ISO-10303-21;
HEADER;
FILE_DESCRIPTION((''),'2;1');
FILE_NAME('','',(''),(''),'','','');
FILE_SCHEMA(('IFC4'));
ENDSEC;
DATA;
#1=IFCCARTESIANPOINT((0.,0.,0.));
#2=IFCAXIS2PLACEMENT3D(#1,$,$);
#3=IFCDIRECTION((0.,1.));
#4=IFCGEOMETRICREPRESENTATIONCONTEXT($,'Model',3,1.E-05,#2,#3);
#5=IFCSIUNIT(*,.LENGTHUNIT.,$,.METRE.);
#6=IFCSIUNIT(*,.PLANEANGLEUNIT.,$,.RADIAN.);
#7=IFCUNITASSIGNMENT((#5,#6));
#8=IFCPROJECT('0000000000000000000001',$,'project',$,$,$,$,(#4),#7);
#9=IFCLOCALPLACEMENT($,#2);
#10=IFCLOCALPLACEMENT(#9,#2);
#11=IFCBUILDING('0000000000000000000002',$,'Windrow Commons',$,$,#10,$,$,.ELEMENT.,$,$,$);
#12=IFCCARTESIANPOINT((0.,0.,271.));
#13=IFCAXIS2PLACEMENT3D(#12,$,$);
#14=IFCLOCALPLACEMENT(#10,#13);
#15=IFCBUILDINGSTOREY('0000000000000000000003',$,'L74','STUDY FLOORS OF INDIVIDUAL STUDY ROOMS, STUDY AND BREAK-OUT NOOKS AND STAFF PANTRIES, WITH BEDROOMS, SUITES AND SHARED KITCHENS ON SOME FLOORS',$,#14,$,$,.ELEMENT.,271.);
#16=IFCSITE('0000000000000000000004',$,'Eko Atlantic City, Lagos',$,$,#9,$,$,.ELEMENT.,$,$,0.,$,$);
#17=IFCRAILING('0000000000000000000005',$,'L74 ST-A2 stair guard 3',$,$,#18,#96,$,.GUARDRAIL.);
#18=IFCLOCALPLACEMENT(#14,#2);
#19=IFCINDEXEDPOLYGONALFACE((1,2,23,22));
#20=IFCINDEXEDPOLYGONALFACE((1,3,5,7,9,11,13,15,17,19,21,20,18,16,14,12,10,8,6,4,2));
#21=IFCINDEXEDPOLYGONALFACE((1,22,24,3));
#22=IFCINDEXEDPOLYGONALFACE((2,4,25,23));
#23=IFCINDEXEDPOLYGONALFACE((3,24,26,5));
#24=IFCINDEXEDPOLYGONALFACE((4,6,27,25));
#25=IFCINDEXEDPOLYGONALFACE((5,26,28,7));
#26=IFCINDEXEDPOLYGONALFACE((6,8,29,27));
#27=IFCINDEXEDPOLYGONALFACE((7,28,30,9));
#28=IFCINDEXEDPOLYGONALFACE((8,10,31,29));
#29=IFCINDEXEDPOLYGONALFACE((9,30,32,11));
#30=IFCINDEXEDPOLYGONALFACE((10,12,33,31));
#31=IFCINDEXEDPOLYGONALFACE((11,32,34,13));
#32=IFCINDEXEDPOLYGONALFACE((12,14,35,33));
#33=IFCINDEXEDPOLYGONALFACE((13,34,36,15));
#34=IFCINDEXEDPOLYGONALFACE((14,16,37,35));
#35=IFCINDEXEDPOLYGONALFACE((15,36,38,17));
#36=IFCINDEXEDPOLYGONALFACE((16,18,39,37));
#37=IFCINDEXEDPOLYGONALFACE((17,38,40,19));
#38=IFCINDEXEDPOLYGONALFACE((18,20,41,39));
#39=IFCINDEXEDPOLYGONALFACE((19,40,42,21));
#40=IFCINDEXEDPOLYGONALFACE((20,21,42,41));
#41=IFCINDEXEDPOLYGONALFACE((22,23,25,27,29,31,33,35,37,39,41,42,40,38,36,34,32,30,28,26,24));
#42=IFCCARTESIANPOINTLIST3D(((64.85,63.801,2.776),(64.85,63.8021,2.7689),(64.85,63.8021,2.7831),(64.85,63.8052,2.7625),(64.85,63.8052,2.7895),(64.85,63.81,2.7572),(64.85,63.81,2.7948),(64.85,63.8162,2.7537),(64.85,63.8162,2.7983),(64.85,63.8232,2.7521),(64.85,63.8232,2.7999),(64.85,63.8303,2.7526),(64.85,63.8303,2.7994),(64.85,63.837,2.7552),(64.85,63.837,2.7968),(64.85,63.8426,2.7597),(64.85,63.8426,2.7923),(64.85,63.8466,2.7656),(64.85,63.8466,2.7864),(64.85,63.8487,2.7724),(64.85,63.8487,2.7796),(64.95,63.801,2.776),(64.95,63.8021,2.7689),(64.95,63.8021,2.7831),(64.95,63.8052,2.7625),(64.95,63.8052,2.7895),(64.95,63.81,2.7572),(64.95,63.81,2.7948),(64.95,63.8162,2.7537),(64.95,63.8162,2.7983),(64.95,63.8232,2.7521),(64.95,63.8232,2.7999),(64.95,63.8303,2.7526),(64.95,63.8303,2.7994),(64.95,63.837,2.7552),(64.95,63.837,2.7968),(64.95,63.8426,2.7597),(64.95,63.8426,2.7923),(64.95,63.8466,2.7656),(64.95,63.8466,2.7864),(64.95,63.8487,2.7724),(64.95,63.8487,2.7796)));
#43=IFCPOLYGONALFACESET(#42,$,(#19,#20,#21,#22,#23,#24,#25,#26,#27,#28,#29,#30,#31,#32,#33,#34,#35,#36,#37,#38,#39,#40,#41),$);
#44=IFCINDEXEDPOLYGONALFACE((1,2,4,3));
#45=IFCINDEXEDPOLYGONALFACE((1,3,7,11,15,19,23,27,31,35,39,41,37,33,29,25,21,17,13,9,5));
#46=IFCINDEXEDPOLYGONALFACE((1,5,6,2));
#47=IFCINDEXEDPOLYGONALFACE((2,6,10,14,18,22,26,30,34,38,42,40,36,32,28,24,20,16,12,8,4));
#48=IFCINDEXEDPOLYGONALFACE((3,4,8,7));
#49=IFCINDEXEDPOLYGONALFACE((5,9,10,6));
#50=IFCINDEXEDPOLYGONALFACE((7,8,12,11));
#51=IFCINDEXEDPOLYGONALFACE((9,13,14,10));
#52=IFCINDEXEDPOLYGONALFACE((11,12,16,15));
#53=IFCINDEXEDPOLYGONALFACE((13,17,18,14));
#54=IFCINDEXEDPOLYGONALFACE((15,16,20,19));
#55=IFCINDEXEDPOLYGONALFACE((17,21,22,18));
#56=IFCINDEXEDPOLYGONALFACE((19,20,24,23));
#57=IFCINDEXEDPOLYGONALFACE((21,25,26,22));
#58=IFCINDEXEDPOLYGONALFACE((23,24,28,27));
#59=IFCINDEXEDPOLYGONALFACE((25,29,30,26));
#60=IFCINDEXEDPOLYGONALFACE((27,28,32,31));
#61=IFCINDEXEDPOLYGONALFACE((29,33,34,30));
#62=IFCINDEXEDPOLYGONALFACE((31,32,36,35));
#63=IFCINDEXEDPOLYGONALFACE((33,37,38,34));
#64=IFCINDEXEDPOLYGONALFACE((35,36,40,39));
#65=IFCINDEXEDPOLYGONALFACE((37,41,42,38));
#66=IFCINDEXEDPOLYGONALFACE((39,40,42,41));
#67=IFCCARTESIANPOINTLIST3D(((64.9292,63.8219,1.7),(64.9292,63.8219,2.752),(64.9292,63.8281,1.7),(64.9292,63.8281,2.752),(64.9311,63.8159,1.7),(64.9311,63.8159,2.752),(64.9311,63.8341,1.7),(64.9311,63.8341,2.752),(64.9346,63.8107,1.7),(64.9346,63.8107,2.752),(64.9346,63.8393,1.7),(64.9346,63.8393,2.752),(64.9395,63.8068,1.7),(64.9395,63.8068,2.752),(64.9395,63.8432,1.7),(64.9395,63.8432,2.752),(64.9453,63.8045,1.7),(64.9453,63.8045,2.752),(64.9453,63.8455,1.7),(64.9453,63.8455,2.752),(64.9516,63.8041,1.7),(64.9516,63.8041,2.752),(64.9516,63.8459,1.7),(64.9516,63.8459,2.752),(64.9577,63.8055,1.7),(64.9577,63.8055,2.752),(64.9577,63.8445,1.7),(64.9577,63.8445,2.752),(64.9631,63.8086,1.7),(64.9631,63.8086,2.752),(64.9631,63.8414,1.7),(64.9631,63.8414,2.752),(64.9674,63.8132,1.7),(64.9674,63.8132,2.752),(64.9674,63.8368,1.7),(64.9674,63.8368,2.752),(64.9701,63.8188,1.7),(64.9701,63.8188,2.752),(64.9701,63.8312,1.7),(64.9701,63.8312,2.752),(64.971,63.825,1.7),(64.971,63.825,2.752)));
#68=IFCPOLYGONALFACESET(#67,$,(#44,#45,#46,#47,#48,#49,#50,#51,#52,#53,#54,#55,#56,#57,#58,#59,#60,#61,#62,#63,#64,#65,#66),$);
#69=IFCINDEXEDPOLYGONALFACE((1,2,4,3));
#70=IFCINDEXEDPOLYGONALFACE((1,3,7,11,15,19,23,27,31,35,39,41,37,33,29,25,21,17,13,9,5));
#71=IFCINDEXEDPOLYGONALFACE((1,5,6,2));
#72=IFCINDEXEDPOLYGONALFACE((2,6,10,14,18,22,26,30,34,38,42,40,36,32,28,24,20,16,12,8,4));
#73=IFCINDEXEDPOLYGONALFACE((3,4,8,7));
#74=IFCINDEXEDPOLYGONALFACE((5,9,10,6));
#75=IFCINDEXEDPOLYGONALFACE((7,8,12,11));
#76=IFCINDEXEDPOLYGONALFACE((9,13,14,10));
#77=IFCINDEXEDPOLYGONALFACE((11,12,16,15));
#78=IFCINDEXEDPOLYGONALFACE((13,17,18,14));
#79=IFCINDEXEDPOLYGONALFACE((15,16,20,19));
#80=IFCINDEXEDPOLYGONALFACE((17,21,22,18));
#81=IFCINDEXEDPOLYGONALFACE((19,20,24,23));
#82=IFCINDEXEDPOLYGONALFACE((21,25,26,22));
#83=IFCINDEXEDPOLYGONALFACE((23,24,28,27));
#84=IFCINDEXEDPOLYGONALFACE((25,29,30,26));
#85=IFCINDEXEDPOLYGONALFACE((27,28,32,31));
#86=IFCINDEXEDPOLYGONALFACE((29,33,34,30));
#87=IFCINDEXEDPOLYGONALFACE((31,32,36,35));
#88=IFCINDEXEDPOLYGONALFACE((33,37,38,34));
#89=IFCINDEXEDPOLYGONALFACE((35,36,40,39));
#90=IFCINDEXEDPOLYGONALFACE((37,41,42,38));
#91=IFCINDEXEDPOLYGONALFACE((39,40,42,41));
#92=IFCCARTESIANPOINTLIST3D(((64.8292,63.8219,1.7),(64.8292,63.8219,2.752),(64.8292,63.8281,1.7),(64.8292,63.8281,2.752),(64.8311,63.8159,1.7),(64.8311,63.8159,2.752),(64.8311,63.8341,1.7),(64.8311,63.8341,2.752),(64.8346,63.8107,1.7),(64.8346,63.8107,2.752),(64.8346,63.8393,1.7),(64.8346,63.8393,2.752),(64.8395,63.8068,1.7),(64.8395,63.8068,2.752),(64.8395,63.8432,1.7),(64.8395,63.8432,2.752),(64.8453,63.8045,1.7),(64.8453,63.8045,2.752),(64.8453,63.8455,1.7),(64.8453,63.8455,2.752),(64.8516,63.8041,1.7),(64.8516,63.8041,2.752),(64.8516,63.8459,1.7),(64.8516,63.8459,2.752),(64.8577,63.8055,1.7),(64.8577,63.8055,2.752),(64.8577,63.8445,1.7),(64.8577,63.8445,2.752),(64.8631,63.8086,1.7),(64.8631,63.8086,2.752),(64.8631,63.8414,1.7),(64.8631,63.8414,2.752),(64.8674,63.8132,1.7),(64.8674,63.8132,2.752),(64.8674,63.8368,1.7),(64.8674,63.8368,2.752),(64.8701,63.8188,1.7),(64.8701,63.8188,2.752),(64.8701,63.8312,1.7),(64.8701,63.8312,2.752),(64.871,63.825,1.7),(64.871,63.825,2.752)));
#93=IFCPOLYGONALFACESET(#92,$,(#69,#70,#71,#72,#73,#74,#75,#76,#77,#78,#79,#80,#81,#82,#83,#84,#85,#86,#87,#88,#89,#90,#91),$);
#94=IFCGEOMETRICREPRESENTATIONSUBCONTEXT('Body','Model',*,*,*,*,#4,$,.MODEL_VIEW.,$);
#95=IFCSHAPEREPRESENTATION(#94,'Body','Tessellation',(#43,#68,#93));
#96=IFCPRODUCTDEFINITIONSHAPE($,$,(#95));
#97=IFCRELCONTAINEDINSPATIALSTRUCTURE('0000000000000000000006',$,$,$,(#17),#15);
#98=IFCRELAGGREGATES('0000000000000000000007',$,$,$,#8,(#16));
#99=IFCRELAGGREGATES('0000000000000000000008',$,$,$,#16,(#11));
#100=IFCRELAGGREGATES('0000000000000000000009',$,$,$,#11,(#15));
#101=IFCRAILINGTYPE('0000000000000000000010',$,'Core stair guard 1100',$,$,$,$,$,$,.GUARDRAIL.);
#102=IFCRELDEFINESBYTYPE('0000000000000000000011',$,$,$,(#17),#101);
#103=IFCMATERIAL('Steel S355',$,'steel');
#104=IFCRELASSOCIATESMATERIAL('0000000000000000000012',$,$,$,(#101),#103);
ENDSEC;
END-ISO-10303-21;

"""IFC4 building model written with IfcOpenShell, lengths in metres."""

from ifc_helpers import new_model, si_unit, direction, frame, origin, origin_2d, place, context, subcontext, project, spatial, circle, extrude, material, type_object, element, save


model = new_model("IFC4")

# Units and contexts
model_context = context("Model", 3, precision=1e-05, world=origin(), true_north=direction((0.0, 1.0)))
body_context = subcontext(model_context, "Body", "Model", "MODEL_VIEW")
ifc_project = project(units=[si_unit("LENGTHUNIT", "METRE"), si_unit("PLANEANGLEUNIT", "RADIAN")], contexts=[model_context])

# Site, building, storey
site_placement = place(None, origin())
site = spatial("IfcSite", under=ifc_project, at=site_placement, Name="Eko Atlantic City, Lagos", CompositionType="ELEMENT", RefElevation=0.0)
building_placement = place(site_placement, origin())
building = spatial("IfcBuilding", under=site, at=building_placement, Name="Windrow Commons", CompositionType="ELEMENT")
storey_placement = place(building_placement, frame((0.0, 0.0, 271.0)))
storey = spatial("IfcBuildingStorey", under=building, at=storey_placement, Name="L74", Description="STUDY FLOORS OF INDIVIDUAL STUDY ROOMS, STUDY AND BREAK-OUT NOOKS AND STAFF PANTRIES, WITH BEDROOMS, SUITES AND SHARED KITCHENS ON SOME FLOORS", CompositionType="ELEMENT", Elevation=271.0)

# Railing
ifc_material_1 = material(Name="Steel S355", Category="steel")
railing_type_1 = type_object("IfcRailingType", Name="Core stair guard 1100", PredefinedType="GUARDRAIL", material=ifc_material_1)
railing_1_placement = place(storey_placement, frame((64.95, 63.825, 1.7)))
element("IfcRailing", 1, at=railing_1_placement, inside=storey, type_object=railing_type_1, Name="L74 ST-A2 stair guard 3", PredefinedType="GUARDRAIL", context=body_context, shape_type="SweptSolid", body=[
    extrude(circle(Radius=0.024, at=origin_2d()), frame((0.0, 0.0, 1.076), z_axis=(-1.0, 0.0, 0.0), x_axis=(0.0, -1.0, 0.0)), (0.0, 0.0, 1.0), 0.1),
    extrude(circle(Radius=0.021, at=origin_2d()), origin(), (0.0, 0.0, 1.0), 1.052),
    extrude(circle(Radius=0.021, at=origin_2d()), frame((-0.1, 0.0, 0.0)), (0.0, 0.0, 1.0), 1.052),
])

save(model, "model.ifc")
